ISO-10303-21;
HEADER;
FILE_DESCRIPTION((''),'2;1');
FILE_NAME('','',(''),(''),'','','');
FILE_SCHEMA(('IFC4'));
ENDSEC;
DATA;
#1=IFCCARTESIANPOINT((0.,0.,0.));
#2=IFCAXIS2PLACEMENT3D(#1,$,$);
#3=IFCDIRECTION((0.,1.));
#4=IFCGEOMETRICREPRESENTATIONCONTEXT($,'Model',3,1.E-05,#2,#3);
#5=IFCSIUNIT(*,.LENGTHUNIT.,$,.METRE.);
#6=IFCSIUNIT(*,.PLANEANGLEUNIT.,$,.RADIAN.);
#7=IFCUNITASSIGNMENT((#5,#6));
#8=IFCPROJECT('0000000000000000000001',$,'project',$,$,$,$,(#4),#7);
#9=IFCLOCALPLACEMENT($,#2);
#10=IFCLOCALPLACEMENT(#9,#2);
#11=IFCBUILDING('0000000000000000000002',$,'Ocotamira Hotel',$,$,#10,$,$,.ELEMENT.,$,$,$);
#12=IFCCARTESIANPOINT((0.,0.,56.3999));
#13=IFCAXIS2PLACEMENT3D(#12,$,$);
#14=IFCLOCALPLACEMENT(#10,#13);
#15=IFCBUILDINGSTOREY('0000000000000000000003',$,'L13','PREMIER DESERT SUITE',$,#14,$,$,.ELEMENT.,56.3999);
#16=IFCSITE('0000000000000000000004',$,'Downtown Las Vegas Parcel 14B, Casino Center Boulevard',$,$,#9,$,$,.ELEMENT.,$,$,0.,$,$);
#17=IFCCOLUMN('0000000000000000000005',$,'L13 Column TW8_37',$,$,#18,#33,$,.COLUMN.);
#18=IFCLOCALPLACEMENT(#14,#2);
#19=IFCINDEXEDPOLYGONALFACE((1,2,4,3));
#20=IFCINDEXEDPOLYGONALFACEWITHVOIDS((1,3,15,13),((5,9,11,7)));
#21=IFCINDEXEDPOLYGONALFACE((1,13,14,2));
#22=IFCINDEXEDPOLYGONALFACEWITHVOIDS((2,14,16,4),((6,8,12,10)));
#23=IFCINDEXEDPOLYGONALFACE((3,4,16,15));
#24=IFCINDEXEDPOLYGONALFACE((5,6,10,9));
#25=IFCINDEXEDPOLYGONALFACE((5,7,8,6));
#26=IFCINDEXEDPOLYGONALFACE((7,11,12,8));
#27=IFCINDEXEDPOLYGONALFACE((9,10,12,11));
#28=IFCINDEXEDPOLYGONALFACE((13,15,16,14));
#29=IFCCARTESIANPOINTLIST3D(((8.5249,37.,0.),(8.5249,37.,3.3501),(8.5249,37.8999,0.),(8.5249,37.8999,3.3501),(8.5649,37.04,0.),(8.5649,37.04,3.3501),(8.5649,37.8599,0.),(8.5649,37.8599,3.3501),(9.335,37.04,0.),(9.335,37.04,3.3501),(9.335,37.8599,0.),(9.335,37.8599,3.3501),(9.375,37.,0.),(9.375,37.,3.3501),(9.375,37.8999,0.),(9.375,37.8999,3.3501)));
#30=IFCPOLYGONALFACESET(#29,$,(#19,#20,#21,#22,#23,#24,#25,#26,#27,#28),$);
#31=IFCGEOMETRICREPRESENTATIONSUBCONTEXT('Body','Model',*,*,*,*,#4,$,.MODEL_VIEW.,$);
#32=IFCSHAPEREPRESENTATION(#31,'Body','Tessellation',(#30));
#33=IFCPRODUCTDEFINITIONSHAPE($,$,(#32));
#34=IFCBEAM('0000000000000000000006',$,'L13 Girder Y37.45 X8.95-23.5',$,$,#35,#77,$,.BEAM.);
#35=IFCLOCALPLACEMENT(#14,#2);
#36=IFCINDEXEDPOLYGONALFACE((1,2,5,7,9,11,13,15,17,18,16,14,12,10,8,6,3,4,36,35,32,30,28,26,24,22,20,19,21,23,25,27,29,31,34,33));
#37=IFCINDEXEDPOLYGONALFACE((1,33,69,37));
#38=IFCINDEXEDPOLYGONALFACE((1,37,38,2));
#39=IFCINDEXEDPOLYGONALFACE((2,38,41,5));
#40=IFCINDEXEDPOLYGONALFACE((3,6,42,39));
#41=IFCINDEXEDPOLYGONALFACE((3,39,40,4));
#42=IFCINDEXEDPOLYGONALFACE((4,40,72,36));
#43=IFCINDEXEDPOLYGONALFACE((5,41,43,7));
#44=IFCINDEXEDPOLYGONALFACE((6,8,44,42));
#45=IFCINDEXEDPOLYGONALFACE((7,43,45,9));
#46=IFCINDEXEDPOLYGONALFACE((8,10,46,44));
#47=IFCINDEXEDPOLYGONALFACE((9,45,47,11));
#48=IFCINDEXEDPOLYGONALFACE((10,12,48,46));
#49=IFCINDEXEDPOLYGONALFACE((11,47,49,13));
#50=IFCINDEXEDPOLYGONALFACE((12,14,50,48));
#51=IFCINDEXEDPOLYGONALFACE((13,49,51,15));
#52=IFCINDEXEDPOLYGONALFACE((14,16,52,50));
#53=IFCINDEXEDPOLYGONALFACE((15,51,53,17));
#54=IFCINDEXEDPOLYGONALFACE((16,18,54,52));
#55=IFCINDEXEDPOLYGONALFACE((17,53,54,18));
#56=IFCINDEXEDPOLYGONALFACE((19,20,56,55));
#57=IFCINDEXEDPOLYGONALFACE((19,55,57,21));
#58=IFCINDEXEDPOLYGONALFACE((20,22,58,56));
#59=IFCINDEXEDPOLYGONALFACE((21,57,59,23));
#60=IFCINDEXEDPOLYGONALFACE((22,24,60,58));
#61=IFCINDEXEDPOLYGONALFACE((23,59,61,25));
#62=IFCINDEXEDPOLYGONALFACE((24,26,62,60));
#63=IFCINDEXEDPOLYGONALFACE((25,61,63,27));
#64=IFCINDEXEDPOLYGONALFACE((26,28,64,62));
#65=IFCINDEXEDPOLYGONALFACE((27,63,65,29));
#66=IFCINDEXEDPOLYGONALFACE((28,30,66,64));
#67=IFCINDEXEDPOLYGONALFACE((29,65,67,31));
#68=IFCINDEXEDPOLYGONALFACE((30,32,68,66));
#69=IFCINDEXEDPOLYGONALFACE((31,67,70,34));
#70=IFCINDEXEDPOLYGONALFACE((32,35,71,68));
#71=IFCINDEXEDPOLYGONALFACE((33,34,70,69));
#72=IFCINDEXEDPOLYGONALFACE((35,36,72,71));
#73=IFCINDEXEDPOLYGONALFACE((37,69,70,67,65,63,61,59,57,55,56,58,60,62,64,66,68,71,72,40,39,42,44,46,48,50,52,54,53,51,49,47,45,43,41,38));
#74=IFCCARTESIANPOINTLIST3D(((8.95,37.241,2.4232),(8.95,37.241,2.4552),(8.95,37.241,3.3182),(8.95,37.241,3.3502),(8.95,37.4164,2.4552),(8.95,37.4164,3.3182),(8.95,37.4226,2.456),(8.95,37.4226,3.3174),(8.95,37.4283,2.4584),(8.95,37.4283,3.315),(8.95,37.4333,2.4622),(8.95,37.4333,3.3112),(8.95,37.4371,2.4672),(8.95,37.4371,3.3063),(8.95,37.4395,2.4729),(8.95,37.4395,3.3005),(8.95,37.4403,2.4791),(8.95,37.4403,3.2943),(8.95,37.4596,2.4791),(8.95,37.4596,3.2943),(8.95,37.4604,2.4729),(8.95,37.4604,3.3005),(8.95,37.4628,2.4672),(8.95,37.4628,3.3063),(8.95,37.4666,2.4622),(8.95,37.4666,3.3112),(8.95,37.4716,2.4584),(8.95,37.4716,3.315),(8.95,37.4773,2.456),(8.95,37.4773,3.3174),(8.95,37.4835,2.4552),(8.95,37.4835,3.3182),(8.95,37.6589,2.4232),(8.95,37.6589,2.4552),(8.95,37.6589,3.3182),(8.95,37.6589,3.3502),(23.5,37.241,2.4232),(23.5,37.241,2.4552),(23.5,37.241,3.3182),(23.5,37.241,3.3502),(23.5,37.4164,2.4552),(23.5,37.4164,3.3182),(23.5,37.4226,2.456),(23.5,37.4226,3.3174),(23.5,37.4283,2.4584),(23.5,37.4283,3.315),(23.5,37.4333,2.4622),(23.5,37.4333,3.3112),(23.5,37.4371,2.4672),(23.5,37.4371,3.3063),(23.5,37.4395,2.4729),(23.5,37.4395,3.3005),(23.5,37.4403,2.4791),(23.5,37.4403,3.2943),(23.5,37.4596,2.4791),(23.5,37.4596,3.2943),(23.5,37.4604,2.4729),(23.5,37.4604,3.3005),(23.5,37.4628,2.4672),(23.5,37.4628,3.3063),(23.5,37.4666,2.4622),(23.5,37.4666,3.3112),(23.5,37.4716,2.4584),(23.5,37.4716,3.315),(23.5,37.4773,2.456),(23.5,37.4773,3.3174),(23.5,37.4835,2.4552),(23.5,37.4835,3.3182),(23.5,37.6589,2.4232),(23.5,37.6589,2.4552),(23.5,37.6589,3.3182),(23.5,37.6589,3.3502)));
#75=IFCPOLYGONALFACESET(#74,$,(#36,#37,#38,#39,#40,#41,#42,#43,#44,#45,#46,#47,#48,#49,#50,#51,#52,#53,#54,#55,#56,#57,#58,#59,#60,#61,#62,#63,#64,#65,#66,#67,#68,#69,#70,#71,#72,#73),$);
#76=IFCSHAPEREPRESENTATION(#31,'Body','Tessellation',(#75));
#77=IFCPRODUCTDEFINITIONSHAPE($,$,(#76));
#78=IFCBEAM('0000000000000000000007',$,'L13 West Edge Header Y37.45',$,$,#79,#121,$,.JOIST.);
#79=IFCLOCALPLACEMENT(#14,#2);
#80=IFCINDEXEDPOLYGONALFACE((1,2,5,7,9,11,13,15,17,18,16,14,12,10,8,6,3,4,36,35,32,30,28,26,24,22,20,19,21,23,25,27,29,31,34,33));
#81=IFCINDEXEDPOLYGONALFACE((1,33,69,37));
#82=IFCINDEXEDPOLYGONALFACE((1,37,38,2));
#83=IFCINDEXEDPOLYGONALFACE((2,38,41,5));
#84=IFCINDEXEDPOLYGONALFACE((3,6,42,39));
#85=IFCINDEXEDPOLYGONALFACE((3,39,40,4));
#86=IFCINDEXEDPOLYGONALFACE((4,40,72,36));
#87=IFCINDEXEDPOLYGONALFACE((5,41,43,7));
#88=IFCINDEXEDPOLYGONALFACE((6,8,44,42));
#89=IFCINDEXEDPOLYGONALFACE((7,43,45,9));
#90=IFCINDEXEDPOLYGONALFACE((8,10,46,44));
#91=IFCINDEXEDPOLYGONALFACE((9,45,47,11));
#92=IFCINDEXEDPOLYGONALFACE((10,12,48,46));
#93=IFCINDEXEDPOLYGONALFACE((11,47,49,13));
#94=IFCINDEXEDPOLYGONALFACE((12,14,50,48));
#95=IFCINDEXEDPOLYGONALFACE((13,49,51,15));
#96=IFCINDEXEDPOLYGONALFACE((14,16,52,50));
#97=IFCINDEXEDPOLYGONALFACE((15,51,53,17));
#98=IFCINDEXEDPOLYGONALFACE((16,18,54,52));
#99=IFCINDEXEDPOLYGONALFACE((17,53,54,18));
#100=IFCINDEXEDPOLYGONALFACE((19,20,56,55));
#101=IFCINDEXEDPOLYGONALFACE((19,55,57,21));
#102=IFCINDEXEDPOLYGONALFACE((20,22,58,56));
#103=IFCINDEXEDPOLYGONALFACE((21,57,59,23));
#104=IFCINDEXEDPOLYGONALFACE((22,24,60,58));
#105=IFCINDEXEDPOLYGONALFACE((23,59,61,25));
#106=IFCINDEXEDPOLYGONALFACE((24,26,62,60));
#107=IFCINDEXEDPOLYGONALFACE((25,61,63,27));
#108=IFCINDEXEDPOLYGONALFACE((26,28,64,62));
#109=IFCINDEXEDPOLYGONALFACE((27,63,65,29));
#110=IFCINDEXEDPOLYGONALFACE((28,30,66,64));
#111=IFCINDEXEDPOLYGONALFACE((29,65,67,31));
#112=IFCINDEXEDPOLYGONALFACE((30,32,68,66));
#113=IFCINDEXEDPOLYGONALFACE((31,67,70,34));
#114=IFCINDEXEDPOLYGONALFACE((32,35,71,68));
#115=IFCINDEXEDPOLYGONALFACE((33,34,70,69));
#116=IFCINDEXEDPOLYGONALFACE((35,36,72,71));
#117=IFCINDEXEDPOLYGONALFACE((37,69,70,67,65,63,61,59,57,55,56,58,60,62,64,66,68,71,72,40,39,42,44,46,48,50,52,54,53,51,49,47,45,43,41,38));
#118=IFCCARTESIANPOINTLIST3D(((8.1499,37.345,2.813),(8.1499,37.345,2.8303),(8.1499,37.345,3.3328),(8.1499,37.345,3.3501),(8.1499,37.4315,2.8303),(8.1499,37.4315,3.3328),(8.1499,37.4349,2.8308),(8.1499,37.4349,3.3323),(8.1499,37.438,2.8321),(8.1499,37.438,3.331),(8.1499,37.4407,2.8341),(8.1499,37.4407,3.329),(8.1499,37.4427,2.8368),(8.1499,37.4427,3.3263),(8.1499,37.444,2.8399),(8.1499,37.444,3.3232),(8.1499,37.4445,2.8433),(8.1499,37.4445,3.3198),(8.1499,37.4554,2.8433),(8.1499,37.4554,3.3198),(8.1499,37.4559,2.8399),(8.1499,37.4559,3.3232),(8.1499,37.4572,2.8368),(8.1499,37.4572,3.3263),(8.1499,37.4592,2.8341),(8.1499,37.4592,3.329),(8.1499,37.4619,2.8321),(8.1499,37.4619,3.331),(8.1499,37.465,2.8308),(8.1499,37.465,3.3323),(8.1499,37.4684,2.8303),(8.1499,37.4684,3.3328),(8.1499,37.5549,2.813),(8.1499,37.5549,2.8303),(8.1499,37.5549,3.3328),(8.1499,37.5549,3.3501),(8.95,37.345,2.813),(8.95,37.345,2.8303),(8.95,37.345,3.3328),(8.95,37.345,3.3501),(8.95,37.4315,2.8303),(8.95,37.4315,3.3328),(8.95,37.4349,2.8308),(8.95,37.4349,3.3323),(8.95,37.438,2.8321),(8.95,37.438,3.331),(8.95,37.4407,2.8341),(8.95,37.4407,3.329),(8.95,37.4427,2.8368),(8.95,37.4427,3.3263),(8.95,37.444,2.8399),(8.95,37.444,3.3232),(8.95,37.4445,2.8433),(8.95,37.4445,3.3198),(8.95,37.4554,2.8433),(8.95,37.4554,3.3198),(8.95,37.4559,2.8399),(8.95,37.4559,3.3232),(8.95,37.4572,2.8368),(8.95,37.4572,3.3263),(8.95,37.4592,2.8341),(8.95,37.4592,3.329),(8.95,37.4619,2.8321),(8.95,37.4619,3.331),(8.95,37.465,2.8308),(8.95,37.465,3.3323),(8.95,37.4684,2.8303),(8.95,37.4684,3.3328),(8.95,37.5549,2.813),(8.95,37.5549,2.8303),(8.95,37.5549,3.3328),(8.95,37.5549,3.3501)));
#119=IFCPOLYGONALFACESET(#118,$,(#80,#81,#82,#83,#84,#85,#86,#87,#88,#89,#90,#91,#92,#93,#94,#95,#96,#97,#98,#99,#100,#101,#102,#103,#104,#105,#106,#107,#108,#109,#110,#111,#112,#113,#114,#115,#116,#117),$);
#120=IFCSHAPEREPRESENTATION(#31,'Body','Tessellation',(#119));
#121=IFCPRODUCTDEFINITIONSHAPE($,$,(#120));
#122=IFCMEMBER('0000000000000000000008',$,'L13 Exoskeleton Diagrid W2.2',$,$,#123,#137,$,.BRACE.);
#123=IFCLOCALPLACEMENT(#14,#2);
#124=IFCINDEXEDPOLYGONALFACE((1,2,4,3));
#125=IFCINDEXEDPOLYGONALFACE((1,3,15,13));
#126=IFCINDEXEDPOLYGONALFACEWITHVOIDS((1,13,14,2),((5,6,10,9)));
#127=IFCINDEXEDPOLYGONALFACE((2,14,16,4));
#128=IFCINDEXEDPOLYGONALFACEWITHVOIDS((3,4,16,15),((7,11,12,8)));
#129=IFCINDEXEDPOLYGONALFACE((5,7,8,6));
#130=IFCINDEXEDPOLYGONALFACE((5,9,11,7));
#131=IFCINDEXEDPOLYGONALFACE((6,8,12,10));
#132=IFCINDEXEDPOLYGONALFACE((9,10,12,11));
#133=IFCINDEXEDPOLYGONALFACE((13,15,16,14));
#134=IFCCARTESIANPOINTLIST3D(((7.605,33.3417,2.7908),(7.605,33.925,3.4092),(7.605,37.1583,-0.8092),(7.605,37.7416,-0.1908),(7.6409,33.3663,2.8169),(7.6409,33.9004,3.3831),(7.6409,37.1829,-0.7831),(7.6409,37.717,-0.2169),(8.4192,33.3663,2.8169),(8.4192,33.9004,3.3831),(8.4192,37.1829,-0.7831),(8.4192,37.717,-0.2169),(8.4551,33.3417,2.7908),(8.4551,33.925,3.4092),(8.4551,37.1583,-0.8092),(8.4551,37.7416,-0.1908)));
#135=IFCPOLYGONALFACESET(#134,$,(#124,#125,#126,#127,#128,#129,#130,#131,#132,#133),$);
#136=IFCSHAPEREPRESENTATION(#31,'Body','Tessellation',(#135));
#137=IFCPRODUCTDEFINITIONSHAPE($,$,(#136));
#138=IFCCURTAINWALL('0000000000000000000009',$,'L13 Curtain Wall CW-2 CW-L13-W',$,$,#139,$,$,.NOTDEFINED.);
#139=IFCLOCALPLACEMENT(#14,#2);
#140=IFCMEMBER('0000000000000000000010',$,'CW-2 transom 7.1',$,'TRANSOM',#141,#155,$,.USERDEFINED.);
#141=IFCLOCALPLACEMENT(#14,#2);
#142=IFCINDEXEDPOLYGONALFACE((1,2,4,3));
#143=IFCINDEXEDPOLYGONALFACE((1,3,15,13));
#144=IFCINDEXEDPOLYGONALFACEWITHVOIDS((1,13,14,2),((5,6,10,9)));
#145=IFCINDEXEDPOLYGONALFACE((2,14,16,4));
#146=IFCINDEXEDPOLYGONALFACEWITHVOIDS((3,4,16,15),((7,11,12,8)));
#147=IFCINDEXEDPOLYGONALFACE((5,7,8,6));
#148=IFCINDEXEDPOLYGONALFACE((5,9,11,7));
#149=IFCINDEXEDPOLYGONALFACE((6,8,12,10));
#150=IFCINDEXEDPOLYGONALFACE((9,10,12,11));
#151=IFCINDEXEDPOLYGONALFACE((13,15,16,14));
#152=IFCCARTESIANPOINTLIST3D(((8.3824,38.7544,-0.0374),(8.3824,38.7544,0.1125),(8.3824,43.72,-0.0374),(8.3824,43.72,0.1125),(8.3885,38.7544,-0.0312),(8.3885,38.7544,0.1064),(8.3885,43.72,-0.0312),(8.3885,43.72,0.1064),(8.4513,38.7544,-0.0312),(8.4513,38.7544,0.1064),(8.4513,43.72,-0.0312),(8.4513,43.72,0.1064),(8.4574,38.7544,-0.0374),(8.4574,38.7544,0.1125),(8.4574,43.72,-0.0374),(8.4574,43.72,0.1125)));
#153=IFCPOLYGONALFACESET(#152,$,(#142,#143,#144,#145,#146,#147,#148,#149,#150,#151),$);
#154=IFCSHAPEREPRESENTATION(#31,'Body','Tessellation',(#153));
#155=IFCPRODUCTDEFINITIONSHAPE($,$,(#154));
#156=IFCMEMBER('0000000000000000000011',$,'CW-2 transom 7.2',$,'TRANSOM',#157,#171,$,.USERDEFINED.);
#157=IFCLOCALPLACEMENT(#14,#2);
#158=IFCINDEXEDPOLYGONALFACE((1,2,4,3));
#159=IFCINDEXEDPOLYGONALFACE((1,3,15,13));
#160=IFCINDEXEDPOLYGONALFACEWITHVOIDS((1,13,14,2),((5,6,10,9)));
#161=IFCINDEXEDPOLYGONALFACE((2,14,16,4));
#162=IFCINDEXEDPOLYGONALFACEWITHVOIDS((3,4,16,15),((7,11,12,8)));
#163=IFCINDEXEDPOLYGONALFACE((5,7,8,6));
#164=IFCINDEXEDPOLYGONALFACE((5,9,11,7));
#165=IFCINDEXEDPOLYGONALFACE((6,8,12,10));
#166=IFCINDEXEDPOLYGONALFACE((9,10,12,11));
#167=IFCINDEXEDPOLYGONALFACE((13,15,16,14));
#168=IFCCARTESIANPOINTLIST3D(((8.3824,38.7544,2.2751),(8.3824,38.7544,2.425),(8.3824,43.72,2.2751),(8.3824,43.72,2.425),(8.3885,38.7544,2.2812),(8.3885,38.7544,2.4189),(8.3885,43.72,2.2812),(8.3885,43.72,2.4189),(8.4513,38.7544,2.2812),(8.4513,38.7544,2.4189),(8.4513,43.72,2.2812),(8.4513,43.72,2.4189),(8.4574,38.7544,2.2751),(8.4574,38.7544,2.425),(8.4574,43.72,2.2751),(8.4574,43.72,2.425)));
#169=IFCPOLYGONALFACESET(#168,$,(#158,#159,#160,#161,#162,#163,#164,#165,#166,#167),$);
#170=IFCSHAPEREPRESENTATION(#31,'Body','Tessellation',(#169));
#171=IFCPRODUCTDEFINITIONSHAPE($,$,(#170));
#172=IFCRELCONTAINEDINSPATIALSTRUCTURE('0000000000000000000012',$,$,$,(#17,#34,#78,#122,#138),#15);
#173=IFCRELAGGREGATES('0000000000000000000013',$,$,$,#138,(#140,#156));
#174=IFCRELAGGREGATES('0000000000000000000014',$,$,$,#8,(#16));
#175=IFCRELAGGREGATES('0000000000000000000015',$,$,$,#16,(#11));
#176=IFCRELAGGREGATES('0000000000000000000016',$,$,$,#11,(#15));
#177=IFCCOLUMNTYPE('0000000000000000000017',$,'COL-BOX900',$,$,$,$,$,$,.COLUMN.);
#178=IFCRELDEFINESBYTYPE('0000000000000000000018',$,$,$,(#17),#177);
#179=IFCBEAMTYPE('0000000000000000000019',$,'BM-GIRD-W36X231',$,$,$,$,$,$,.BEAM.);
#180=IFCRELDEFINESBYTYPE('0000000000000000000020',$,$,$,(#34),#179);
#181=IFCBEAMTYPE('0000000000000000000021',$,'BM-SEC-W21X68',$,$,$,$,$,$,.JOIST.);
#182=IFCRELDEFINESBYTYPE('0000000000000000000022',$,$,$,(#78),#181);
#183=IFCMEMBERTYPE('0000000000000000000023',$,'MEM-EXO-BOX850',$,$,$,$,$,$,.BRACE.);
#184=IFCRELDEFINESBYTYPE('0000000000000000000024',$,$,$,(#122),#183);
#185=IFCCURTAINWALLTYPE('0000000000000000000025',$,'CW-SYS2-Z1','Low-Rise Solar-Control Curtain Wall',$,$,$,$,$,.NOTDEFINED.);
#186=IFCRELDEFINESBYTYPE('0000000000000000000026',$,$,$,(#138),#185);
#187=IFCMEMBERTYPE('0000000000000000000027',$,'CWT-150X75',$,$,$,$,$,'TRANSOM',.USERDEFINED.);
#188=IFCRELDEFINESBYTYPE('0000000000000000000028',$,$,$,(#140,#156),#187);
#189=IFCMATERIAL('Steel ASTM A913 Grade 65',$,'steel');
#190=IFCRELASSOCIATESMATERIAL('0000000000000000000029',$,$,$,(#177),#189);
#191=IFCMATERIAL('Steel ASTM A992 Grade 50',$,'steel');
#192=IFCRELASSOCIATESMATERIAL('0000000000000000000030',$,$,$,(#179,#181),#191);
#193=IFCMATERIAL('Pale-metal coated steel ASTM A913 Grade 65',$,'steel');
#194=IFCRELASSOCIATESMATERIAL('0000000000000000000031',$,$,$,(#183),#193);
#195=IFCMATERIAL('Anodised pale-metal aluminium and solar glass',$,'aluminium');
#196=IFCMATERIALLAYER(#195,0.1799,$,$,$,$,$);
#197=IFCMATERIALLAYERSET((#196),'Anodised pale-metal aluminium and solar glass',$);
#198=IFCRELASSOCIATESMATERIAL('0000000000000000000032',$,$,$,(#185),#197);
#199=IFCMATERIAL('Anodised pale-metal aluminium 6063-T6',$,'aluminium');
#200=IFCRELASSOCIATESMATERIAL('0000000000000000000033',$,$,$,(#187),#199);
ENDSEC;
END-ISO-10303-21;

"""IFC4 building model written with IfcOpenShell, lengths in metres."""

from ifc_helpers import new_model, si_unit, direction, frame, origin, origin_2d, place, context, subcontext, project, spatial, hollow_rectangle, i_section, extrude, source, transform, mapped, material, layer, layer_set, material_profile, profile_set, type_object, element, aggregate, save


model = new_model("IFC4")

# Units and contexts
model_context = context("Model", 3, precision=1e-05, world=origin(), true_north=direction((0.0, 1.0)))
body_context = subcontext(model_context, "Body", "Model", "MODEL_VIEW")
ifc_project = project(units=[si_unit("LENGTHUNIT", "METRE"), si_unit("PLANEANGLEUNIT", "RADIAN")], contexts=[model_context])

# Site, building, storey
site_placement = place(None, origin())
site = spatial("IfcSite", under=ifc_project, at=site_placement, Name="Downtown Las Vegas Parcel 14B, Casino Center Boulevard", CompositionType="ELEMENT", RefElevation=0.0)
building_placement = place(site_placement, origin())
building = spatial("IfcBuilding", under=site, at=building_placement, Name="Ocotamira Hotel", CompositionType="ELEMENT")
storey_placement = place(building_placement, frame((0.0, 0.0, 56.3999)))
storey = spatial("IfcBuildingStorey", under=building, at=storey_placement, Name="L13", Description="PREMIER DESERT SUITE", CompositionType="ELEMENT", Elevation=56.3999)

# Column
ifc_material_1 = material(Name="Steel ASTM A913 Grade 65", Category="steel")
ifc_material_profile_1 = material_profile(ifc_material_1, hollow_rectangle(XDim=0.8501, YDim=0.8999, WallThickness=0.04, at=origin_2d()), Name="BOX900X850X40")
ifc_profile_set_1 = profile_set([ifc_material_profile_1], Name="Steel ASTM A913 Grade 65")
column_type = type_object("IfcColumnType", Name="COL-BOX900", PredefinedType="COLUMN", material=ifc_profile_set_1)
shared_shape_1 = source(origin(), body_context, "Body", "SweptSolid", [
    extrude(hollow_rectangle(XDim=0.8501, YDim=0.8999, WallThickness=0.04, at=origin_2d()), origin(), (0.0, 0.0, 1.0), 3.3501),
])
column_placement = place(storey_placement, frame((8.95, 37.45, 0.0), z_axis=(0.0, 0.0, 1.0), x_axis=(1.0, 0.0, 0.0)))
element("IfcColumn", 1, at=column_placement, inside=storey, type_object=column_type, Name="L13 Column TW8_37", PredefinedType="COLUMN", context=body_context, shape_type="MappedRepresentation", body=[
    mapped(shared_shape_1, transform((0.0, 0.0, 0.0), scale=1.0)),
])

# Beams
ifc_material_2 = material(Name="Steel ASTM A992 Grade 50", Category="steel")
ifc_material_profile_2 = material_profile(ifc_material_2, i_section(OverallWidth=0.418, OverallDepth=0.927, WebThickness=0.0193, FlangeThickness=0.032, FilletRadius=0.0239, at=origin_2d()), Name="W36X231")
ifc_profile_set_2 = profile_set([ifc_material_profile_2], Name="Steel ASTM A992 Grade 50")
beam_type_1 = type_object("IfcBeamType", Name="BM-GIRD-W36X231", PredefinedType="BEAM", material=ifc_profile_set_2)
shared_shape_2 = source(origin(), body_context, "Body", "SweptSolid", [
    extrude(i_section(OverallWidth=0.418, OverallDepth=0.927, WebThickness=0.0193, FlangeThickness=0.032, FilletRadius=0.0239, at=origin_2d()), origin(), (0.0, 0.0, 1.0), 14.55),
])
beam_1_placement = place(storey_placement, frame((8.95, 37.45, 2.8867), z_axis=(1.0, 0.0, 0.0), x_axis=(0.0, 1.0, 0.0)))
element("IfcBeam", 2, at=beam_1_placement, inside=storey, type_object=beam_type_1, Name="L13 Girder Y37.45 X8.95-23.5", PredefinedType="BEAM", context=body_context, shape_type="MappedRepresentation", body=[
    mapped(shared_shape_2, transform((0.0, 0.0, 0.0), scale=1.0)),
])
ifc_material_profile_3 = material_profile(ifc_material_2, i_section(OverallWidth=0.21, OverallDepth=0.5371, WebThickness=0.011, FlangeThickness=0.0173, FilletRadius=0.0129, at=origin_2d()), Name="W21X68")
ifc_profile_set_3 = profile_set([ifc_material_profile_3], Name="Steel ASTM A992 Grade 50")
beam_type_2 = type_object("IfcBeamType", Name="BM-SEC-W21X68", PredefinedType="JOIST", material=ifc_profile_set_3)
shared_shape_3 = source(origin(), body_context, "Body", "SweptSolid", [
    extrude(i_section(OverallWidth=0.21, OverallDepth=0.5371, WebThickness=0.011, FlangeThickness=0.0173, FilletRadius=0.0129, at=origin_2d()), origin(), (0.0, 0.0, 1.0), 0.8),
])
beam_2_placement = place(storey_placement, frame((8.95, 37.45, 3.0815), z_axis=(-1.0, 0.0, 0.0), x_axis=(0.0, -1.0, 0.0)))
element("IfcBeam", 3, at=beam_2_placement, inside=storey, type_object=beam_type_2, Name="L13 West Edge Header Y37.45", PredefinedType="JOIST", context=body_context, shape_type="MappedRepresentation", body=[
    mapped(shared_shape_3, transform((0.0, 0.0, 0.0), scale=1.0)),
])

# Member
ifc_material_3 = material(Name="Pale-metal coated steel ASTM A913 Grade 65", Category="steel")
ifc_material_profile_4 = material_profile(ifc_material_3, hollow_rectangle(XDim=0.8501, YDim=0.8501, WallThickness=0.0359, at=origin_2d()), Name="BOX850X850X36")
ifc_profile_set_4 = profile_set([ifc_material_profile_4], Name="Pale-metal coated steel ASTM A913 Grade 65")
member_type_1 = type_object("IfcMemberType", Name="MEM-EXO-BOX850", PredefinedType="BRACE", material=ifc_profile_set_4)
shared_shape_4 = source(origin(), body_context, "Body", "SweptSolid", [
    extrude(hollow_rectangle(XDim=0.8501, YDim=0.8501, WallThickness=0.0359, at=origin_2d()), origin(), (0.0, 0.0, 1.0), 5.2466),
])
member_1_placement = place(storey_placement, frame((8.03, 37.45, -0.5), z_axis=(0.0, -0.727443, 0.686168), x_axis=(1.0, 0.0, 0.0)))
element("IfcMember", 4, at=member_1_placement, inside=storey, type_object=member_type_1, Name="L13 Exoskeleton Diagrid W2.2", PredefinedType="BRACE", context=body_context, shape_type="MappedRepresentation", body=[
    mapped(shared_shape_4, transform((0.0, 0.0, 0.0), scale=1.0)),
])

# Curtain wall, members
ifc_material_4 = material(Name="Anodised pale-metal aluminium and solar glass", Category="aluminium")
ifc_layer_1 = layer(ifc_material_4, 0.1799)
ifc_layer_set_1 = layer_set([ifc_layer_1], Name="Anodised pale-metal aluminium and solar glass")
curtain_wall_type = type_object("IfcCurtainWallType", Name="CW-SYS2-Z1", Description="Low-Rise Solar-Control Curtain Wall", PredefinedType="NOTDEFINED", material=ifc_layer_set_1)
curtain_wall_placement = place(storey_placement, origin())
curtain_wall = element("IfcCurtainWall", 5, at=curtain_wall_placement, inside=storey, type_object=curtain_wall_type, Name="L13 Curtain Wall CW-2 CW-L13-W", PredefinedType="NOTDEFINED")
ifc_material_5 = material(Name="Anodised pale-metal aluminium 6063-T6", Category="aluminium")
ifc_material_profile_5 = material_profile(ifc_material_5, hollow_rectangle(XDim=0.075, YDim=0.1499, WallThickness=0.0061, at=origin_2d()), Name="HSS150X75X6")
ifc_profile_set_5 = profile_set([ifc_material_profile_5], Name="Anodised pale-metal aluminium 6063-T6")
member_type_2 = type_object("IfcMemberType", Name="CWT-150X75", ElementType="TRANSOM", PredefinedType="USERDEFINED", material=ifc_profile_set_5)
shared_shape_5 = source(origin(), body_context, "Body", "SweptSolid", [
    extrude(hollow_rectangle(XDim=0.075, YDim=0.1499, WallThickness=0.0061, at=origin_2d()), origin(), (0.0, 0.0, 1.0), 4.9656),
])
member_2_placement = place(storey_placement, frame((8.4199, 38.7544, 0.0376), z_axis=(0.0, 1.0, 0.0), x_axis=(-1.0, 0.0, 0.0)))
member_2 = element("IfcMember", 6, at=member_2_placement, type_object=member_type_2, Name="CW-2 transom 7.1", ObjectType="TRANSOM", PredefinedType="USERDEFINED", context=body_context, shape_type="MappedRepresentation", body=[
    mapped(shared_shape_5, transform((0.0, 0.0, 0.0), scale=1.0)),
])
member_3_placement = place(storey_placement, frame((8.4199, 38.7544, 2.3501), z_axis=(0.0, 1.0, 0.0), x_axis=(-1.0, 0.0, 0.0)))
member_3 = element("IfcMember", 7, at=member_3_placement, type_object=member_type_2, Name="CW-2 transom 7.2", ObjectType="TRANSOM", PredefinedType="USERDEFINED", context=body_context, shape_type="MappedRepresentation", body=[
    mapped(shared_shape_5, transform((0.0, 0.0, 0.0), scale=1.0)),
])
aggregate(curtain_wall, [member_2, member_3])

save(model, "model.ifc")
